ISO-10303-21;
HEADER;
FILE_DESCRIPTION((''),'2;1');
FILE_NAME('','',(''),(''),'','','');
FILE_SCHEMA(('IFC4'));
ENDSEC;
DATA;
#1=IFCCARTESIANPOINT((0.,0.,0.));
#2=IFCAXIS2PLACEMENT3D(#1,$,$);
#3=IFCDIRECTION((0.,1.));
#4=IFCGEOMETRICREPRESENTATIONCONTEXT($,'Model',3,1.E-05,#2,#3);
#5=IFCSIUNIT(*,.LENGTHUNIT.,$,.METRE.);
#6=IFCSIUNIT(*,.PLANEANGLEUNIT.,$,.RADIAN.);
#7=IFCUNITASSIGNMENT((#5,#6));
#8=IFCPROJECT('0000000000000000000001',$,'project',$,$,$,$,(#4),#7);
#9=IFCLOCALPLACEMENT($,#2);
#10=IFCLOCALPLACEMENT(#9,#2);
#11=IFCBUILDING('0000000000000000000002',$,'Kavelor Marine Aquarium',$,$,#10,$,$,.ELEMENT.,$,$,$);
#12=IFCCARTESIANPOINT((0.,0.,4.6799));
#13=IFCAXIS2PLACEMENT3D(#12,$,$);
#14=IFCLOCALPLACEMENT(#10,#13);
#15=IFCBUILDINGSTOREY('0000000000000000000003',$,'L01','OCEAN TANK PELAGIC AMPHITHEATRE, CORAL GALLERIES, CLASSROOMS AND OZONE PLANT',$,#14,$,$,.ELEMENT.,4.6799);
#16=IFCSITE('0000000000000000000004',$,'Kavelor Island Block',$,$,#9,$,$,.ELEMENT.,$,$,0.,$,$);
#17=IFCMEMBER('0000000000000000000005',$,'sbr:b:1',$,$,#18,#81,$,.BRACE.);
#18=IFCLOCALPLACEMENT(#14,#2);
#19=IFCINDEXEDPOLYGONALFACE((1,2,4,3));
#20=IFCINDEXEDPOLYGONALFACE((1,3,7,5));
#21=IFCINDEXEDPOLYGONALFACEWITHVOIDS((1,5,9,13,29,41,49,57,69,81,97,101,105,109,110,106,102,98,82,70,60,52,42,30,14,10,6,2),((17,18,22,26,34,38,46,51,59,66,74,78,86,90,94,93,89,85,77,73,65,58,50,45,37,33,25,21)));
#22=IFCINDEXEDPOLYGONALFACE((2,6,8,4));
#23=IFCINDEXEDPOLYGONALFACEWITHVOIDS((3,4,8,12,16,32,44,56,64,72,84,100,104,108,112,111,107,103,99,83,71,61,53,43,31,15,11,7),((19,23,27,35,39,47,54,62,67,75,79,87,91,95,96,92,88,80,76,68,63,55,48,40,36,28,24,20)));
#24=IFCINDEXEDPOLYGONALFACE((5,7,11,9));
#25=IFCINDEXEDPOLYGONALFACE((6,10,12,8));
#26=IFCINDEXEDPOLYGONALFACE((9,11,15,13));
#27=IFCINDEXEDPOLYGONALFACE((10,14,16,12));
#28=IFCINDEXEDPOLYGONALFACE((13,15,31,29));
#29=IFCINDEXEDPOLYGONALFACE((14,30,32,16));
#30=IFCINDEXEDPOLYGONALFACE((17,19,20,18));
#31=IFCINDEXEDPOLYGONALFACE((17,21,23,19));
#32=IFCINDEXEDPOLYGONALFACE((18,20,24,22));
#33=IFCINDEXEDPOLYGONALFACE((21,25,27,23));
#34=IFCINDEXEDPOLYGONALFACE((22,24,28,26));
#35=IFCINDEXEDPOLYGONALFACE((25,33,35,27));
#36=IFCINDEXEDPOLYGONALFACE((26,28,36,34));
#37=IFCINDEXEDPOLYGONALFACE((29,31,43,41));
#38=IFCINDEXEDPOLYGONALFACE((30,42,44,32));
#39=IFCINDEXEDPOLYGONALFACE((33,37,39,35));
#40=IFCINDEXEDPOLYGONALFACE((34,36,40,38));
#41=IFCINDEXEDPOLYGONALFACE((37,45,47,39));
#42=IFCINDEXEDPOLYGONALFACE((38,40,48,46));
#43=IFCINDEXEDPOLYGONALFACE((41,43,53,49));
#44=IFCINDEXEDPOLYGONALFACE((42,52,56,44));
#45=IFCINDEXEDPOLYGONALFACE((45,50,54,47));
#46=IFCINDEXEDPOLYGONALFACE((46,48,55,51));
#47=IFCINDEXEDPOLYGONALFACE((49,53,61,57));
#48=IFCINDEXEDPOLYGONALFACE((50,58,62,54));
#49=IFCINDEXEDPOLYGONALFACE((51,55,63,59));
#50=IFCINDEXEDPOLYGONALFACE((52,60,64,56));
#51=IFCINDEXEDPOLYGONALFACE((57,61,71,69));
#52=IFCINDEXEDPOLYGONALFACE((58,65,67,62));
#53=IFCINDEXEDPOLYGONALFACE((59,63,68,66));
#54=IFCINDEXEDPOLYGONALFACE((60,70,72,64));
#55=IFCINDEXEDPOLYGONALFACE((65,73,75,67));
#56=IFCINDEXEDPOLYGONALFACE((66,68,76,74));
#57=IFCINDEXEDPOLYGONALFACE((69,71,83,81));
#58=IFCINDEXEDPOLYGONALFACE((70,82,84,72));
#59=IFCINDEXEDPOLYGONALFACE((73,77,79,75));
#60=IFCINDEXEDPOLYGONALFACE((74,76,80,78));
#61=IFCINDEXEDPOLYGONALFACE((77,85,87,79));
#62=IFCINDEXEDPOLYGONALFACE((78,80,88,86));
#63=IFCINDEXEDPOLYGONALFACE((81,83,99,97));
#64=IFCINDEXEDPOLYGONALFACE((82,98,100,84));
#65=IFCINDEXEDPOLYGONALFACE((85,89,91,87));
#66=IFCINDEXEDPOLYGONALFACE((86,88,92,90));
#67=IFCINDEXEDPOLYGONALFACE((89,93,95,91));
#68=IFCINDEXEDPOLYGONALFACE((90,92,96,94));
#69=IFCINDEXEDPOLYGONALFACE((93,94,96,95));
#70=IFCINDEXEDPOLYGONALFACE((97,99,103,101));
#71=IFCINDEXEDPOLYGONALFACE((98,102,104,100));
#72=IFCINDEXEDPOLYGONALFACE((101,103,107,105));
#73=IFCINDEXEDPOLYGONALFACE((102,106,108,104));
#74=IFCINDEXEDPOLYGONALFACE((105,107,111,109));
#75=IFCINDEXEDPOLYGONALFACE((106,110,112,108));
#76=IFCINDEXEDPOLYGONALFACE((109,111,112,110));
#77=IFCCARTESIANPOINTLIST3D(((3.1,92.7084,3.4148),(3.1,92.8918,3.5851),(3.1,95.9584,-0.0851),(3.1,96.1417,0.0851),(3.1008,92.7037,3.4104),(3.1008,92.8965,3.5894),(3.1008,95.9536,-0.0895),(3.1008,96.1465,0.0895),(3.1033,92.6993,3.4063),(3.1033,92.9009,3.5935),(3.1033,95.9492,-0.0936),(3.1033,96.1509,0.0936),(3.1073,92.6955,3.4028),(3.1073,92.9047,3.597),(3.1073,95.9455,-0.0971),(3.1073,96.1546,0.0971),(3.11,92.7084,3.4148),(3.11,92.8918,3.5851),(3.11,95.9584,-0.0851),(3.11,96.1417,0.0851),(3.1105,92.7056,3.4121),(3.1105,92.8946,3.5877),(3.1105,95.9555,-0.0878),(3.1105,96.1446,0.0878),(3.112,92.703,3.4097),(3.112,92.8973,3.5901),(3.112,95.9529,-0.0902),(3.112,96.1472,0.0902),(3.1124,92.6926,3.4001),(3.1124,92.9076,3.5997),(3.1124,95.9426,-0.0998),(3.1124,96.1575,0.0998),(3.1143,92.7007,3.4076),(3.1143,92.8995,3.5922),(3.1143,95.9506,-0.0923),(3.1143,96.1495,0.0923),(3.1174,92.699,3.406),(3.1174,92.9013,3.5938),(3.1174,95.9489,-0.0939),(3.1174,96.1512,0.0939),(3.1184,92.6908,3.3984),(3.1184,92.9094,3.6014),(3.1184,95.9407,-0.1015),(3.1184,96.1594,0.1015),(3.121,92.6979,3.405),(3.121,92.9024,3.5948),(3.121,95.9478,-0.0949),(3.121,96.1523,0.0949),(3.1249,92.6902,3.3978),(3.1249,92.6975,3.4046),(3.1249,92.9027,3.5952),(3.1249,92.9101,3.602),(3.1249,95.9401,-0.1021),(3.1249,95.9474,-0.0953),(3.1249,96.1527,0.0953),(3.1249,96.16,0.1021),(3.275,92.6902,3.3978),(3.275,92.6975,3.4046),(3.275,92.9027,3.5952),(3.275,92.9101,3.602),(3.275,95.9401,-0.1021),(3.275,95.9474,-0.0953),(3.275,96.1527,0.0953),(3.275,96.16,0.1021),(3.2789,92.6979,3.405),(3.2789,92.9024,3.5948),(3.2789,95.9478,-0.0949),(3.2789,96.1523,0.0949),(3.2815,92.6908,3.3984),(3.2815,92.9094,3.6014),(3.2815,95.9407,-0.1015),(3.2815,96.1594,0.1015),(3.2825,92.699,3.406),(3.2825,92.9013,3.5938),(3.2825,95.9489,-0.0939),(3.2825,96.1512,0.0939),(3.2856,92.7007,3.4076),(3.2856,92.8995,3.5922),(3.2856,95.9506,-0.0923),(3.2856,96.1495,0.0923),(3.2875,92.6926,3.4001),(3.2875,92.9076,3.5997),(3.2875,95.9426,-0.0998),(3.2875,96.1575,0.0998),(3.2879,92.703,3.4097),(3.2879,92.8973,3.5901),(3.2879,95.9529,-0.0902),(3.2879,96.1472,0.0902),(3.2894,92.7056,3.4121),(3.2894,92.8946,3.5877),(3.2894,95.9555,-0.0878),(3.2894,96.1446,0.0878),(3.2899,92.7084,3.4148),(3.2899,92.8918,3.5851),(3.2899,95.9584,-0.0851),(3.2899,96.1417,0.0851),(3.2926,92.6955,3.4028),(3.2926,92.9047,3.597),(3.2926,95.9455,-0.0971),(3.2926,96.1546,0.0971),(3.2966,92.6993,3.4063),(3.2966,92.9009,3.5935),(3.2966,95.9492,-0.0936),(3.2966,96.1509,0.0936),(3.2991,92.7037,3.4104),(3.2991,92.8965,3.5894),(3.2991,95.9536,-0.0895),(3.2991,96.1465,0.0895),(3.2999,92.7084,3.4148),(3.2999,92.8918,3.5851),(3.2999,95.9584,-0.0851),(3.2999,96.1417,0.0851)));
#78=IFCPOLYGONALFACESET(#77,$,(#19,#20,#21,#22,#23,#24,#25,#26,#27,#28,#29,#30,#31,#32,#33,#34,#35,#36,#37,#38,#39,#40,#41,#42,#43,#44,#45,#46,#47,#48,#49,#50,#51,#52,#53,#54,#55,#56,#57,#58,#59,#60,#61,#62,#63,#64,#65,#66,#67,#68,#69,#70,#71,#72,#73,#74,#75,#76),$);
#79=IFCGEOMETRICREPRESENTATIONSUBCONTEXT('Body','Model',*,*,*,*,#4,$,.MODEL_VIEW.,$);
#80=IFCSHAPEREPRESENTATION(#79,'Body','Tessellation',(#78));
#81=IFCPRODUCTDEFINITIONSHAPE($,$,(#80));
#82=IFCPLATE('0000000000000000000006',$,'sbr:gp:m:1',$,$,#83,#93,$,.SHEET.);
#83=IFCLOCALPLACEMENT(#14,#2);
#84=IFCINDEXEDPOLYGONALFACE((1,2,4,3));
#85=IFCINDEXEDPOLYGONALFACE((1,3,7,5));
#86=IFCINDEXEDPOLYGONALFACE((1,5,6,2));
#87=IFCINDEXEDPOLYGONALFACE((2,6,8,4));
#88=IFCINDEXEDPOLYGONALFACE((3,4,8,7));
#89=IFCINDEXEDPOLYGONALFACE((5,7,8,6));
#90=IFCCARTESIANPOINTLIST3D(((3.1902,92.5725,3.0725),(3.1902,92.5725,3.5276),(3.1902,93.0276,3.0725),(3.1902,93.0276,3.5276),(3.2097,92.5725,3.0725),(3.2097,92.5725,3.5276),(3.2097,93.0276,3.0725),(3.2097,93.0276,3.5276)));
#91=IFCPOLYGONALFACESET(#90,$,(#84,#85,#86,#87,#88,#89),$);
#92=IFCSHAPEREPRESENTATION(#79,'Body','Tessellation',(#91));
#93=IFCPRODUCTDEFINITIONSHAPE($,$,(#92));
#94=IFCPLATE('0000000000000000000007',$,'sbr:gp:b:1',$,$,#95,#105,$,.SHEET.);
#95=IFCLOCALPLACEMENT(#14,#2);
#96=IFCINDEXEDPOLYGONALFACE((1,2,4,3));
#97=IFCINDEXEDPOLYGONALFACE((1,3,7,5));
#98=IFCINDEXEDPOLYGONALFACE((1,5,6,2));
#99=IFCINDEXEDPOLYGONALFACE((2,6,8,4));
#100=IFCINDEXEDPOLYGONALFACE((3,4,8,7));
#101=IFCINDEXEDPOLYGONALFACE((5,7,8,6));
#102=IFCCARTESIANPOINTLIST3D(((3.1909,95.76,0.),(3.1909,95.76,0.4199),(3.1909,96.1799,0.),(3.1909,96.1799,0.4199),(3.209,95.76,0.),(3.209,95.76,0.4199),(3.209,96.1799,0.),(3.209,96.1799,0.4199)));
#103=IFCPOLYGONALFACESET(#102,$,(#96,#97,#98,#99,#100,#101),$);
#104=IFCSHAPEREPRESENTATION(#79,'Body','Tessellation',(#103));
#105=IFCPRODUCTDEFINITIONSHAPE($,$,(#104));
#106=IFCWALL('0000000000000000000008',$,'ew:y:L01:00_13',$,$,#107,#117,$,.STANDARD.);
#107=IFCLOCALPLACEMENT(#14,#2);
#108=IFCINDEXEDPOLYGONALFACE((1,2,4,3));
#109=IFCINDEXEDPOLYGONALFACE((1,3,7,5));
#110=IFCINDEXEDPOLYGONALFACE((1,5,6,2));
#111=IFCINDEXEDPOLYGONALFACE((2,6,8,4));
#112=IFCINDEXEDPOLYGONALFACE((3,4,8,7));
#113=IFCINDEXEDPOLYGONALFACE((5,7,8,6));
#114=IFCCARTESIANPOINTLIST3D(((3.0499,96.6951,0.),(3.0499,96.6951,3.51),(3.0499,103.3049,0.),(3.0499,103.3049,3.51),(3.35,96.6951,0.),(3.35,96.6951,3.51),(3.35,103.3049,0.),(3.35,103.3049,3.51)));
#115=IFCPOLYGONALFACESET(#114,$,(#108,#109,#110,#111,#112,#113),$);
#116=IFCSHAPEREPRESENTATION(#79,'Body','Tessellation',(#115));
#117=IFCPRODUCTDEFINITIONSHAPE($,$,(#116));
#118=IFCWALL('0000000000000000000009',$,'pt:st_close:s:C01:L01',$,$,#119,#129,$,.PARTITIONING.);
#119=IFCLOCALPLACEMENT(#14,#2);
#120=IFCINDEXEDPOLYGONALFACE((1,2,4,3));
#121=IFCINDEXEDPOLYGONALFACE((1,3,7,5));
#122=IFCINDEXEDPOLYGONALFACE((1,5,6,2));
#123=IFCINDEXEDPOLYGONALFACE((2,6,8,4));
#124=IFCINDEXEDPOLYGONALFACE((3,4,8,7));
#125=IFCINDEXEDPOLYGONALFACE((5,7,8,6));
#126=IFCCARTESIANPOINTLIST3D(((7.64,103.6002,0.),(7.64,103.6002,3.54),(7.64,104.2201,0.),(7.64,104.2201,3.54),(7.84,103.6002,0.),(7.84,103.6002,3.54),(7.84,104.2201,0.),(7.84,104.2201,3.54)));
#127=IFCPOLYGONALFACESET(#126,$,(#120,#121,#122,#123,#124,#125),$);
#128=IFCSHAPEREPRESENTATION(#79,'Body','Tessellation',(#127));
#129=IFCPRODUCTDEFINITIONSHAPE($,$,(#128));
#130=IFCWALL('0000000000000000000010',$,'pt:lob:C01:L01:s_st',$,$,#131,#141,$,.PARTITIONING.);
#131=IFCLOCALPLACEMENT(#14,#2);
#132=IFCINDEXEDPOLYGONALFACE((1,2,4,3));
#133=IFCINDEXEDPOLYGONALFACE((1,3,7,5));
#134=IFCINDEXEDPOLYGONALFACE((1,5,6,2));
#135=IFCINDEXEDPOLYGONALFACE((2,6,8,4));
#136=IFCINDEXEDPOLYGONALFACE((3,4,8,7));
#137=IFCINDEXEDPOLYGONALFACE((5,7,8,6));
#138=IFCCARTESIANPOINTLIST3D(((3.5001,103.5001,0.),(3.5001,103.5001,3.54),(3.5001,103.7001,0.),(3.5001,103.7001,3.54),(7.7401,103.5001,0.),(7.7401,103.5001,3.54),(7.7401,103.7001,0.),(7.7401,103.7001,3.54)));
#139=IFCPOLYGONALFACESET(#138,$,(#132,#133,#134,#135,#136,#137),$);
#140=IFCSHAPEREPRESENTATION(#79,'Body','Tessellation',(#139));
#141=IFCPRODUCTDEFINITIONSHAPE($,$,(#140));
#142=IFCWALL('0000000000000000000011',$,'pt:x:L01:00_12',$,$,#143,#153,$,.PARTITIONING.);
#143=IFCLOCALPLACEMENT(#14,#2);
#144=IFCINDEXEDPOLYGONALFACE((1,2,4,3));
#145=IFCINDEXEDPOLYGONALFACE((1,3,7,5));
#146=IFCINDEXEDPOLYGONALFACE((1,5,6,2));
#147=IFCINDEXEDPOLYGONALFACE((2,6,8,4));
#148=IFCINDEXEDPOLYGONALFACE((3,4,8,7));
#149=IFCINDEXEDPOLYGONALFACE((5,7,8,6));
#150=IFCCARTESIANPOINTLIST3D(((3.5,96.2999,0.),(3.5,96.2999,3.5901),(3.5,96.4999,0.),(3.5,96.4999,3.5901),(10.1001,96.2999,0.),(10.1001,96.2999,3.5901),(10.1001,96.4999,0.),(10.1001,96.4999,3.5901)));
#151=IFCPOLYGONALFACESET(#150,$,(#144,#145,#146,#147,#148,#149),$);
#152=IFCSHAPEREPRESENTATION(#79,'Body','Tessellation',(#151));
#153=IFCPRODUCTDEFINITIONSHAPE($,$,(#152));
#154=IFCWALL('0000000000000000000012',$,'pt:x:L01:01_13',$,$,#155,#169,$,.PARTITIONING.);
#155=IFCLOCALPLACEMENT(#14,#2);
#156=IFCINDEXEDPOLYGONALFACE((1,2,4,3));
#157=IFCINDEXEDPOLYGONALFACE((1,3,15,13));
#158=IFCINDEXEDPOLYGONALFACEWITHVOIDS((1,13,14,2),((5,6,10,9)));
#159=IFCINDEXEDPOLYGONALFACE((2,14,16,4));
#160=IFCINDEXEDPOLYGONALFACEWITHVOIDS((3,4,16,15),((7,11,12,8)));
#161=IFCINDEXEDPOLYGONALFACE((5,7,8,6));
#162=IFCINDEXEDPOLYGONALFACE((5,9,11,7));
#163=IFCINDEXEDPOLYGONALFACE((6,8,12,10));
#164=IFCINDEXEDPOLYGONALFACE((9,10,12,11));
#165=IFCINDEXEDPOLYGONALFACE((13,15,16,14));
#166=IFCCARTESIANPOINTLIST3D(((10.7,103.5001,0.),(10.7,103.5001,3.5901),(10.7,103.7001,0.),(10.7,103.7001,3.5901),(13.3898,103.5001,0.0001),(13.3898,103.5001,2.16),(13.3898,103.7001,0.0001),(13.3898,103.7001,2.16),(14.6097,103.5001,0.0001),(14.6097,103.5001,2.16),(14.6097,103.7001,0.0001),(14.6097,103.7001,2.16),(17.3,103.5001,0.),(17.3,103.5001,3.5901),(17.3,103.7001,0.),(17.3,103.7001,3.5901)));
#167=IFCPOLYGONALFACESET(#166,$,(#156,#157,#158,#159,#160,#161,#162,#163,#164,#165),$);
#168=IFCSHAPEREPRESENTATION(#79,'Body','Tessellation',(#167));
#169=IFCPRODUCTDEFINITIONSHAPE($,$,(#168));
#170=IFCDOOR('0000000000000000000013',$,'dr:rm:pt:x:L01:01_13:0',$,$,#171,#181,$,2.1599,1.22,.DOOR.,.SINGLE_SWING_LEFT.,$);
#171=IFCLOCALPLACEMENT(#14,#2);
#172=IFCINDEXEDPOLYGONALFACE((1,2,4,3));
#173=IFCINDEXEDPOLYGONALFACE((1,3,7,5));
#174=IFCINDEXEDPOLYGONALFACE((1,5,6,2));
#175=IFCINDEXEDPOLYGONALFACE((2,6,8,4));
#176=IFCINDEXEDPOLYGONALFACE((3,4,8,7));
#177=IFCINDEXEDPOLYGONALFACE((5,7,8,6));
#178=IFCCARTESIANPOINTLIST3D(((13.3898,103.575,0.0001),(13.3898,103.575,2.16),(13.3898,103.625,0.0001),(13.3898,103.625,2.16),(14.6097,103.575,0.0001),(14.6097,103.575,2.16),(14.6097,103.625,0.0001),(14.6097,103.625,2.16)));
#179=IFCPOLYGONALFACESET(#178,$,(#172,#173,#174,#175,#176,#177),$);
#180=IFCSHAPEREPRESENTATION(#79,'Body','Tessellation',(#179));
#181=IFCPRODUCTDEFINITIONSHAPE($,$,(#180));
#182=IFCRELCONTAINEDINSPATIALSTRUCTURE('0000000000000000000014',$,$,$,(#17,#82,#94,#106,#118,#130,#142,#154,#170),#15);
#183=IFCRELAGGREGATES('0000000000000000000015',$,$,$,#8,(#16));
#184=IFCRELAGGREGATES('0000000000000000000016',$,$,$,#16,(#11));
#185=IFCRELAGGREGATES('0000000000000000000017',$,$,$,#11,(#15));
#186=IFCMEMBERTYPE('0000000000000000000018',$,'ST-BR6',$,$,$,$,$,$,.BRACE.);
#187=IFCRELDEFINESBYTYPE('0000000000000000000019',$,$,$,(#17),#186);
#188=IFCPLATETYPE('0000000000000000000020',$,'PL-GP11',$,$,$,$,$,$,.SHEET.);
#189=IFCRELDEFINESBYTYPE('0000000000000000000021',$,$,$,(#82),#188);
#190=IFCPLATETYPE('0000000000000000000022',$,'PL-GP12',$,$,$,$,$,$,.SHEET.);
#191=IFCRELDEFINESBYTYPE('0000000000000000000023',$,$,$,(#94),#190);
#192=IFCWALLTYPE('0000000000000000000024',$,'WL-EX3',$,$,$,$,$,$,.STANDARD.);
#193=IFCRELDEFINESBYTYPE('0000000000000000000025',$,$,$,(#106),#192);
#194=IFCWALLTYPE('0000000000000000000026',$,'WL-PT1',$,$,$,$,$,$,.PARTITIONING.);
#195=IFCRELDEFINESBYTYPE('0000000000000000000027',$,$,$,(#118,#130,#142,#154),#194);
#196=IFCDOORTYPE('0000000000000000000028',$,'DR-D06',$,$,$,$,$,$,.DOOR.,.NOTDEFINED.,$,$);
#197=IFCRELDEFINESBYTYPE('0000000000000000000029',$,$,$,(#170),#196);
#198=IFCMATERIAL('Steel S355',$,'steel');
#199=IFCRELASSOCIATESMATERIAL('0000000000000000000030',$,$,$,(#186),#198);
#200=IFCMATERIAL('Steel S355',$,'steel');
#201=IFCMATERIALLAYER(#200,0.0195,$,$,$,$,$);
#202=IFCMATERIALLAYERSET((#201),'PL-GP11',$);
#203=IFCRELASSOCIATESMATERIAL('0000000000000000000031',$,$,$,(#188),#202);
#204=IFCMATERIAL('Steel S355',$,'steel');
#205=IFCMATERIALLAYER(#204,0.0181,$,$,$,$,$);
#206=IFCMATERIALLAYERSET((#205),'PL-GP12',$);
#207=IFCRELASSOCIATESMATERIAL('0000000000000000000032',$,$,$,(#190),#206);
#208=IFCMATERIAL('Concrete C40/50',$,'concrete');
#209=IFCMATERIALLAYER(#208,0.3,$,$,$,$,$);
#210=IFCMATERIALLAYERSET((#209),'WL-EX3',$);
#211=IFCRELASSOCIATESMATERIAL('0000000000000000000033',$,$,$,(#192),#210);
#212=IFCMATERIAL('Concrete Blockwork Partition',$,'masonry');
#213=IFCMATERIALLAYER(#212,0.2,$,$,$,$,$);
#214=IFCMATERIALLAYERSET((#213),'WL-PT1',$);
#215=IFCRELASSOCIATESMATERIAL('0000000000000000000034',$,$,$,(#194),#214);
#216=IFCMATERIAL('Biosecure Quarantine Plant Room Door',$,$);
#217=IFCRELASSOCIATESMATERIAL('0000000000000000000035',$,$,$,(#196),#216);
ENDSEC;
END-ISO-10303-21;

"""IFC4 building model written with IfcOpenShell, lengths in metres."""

from ifc_helpers import new_model, si_unit, direction, frame, frame_2d, origin, origin_2d, place, context, subcontext, project, spatial, rectangle, hollow_rectangle, extrude, material, layer, layer_set, material_profile, profile_set, type_object, element, fill, save


model = new_model("IFC4")

# Units and contexts
model_context = context("Model", 3, precision=1e-05, world=origin(), true_north=direction((0.0, 1.0)))
body_context = subcontext(model_context, "Body", "Model", "MODEL_VIEW")
ifc_project = project(units=[si_unit("LENGTHUNIT", "METRE"), si_unit("PLANEANGLEUNIT", "RADIAN")], contexts=[model_context])

# Site, building, storey
site_placement = place(None, origin())
site = spatial("IfcSite", under=ifc_project, at=site_placement, Name="Kavelor Island Block", CompositionType="ELEMENT", RefElevation=0.0)
building_placement = place(site_placement, origin())
building = spatial("IfcBuilding", under=site, at=building_placement, Name="Kavelor Marine Aquarium", CompositionType="ELEMENT")
storey_placement = place(building_placement, frame((0.0, 0.0, 4.6799)))
storey = spatial("IfcBuildingStorey", under=building, at=storey_placement, Name="L01", Description="OCEAN TANK PELAGIC AMPHITHEATRE, CORAL GALLERIES, CLASSROOMS AND OZONE PLANT", CompositionType="ELEMENT", Elevation=4.6799)

# Member
ifc_material_1 = material(Name="Steel S355", Category="steel")
ifc_material_profile_1 = material_profile(ifc_material_1, hollow_rectangle(XDim=0.2, YDim=0.3, WallThickness=0.01, InnerFilletRadius=0.0149, OuterFilletRadius=0.0249, at=origin_2d()), Name="RHS 300x200x10.0")
ifc_profile_set_1 = profile_set([ifc_material_profile_1], Name="Steel S355")
member_type = type_object("IfcMemberType", Name="ST-BR6", PredefinedType="BRACE", material=ifc_profile_set_1)
member_placement = place(storey_placement, frame((3.2, 96.05, 0.0), z_axis=(0.0, -0.680451, 0.732793), x_axis=(1.0, 0.0, 0.0)))
element("IfcMember", 1, at=member_placement, inside=storey, type_object=member_type, Name="sbr:b:1", PredefinedType="BRACE", context=body_context, shape_type="SweptSolid", body=[
    extrude(hollow_rectangle(XDim=0.2, YDim=0.3, WallThickness=0.01, InnerFilletRadius=0.0149, OuterFilletRadius=0.0249, at=origin_2d()), origin(), (0.0, 0.0, 1.0), 4.7761),
])

# Plates
ifc_material_2 = material(Name="Steel S355", Category="steel")
ifc_layer_1 = layer(ifc_material_2, 0.0195)
ifc_layer_set_1 = layer_set([ifc_layer_1], Name="PL-GP11")
plate_type_1 = type_object("IfcPlateType", Name="PL-GP11", PredefinedType="SHEET", material=ifc_layer_set_1)
plate_1_placement = place(storey_placement, frame((3.2, 92.8, 3.0725), z_axis=(0.0, 0.0, 1.0), x_axis=(1.0, 0.0, 0.0)))
element("IfcPlate", 2, at=plate_1_placement, inside=storey, type_object=plate_type_1, Name="sbr:gp:m:1", PredefinedType="SHEET", context=body_context, shape_type="SweptSolid", body=[
    extrude(rectangle(XDim=0.0195, YDim=0.4551, at=origin_2d()), origin(), (0.0, 0.0, 1.0), 0.4551),
])
ifc_material_3 = material(Name="Steel S355", Category="steel")
ifc_layer_2 = layer(ifc_material_3, 0.0181)
ifc_layer_set_2 = layer_set([ifc_layer_2], Name="PL-GP12")
plate_type_2 = type_object("IfcPlateType", Name="PL-GP12", PredefinedType="SHEET", material=ifc_layer_set_2)
plate_2_placement = place(storey_placement, frame((3.2, 95.97, 0.0), z_axis=(0.0, 0.0, 1.0), x_axis=(1.0, 0.0, 0.0)))
element("IfcPlate", 3, at=plate_2_placement, inside=storey, type_object=plate_type_2, Name="sbr:gp:b:1", PredefinedType="SHEET", context=body_context, shape_type="SweptSolid", body=[
    extrude(rectangle(XDim=0.0181, YDim=0.4199, at=origin_2d()), origin(), (0.0, 0.0, 1.0), 0.4199),
])

# Walls
ifc_material_4 = material(Name="Concrete C40/50", Category="concrete")
ifc_layer_3 = layer(ifc_material_4, 0.3)
ifc_layer_set_3 = layer_set([ifc_layer_3], Name="WL-EX3")
wall_type_1 = type_object("IfcWallType", Name="WL-EX3", PredefinedType="STANDARD", material=ifc_layer_set_3)
wall_1_placement = place(storey_placement, frame((3.2, 96.6951, 0.0), z_axis=(0.0, 0.0, 1.0), x_axis=(0.0, 1.0, 0.0)))
element("IfcWall", 4, at=wall_1_placement, inside=storey, type_object=wall_type_1, Name="ew:y:L01:00_13", PredefinedType="STANDARD", context=body_context, shape_type="SweptSolid", body=[
    extrude(rectangle(XDim=6.6099, YDim=0.3, at=frame_2d((3.3049, 0.0))), origin(), (0.0, 0.0, 1.0), 3.51),
])
ifc_material_5 = material(Name="Concrete Blockwork Partition", Category="masonry")
ifc_layer_4 = layer(ifc_material_5, 0.2)
ifc_layer_set_4 = layer_set([ifc_layer_4], Name="WL-PT1")
wall_type_2 = type_object("IfcWallType", Name="WL-PT1", PredefinedType="PARTITIONING", material=ifc_layer_set_4)
wall_2_placement = place(storey_placement, frame((7.74, 103.6001, 0.0), z_axis=(0.0, 0.0, 1.0), x_axis=(0.0, 1.0, 0.0)))
element("IfcWall", 5, at=wall_2_placement, inside=storey, type_object=wall_type_2, Name="pt:st_close:s:C01:L01", PredefinedType="PARTITIONING", context=body_context, shape_type="SweptSolid", body=[
    extrude(rectangle(XDim=0.6199, YDim=0.2, at=frame_2d((0.3101, 0.0))), origin(), (0.0, 0.0, 1.0), 3.54),
])
wall_3_placement = place(storey_placement, frame((3.5, 103.6001, 0.0), z_axis=(0.0, 0.0, 1.0), x_axis=(1.0, 0.0, 0.0)))
element("IfcWall", 6, at=wall_3_placement, inside=storey, type_object=wall_type_2, Name="pt:lob:C01:L01:s_st", PredefinedType="PARTITIONING", context=body_context, shape_type="SweptSolid", body=[
    extrude(rectangle(XDim=4.24, YDim=0.2, at=frame_2d((2.1201, 0.0))), origin(), (0.0, 0.0, 1.0), 3.54),
])

# Wall
wall_4_placement = place(storey_placement, frame((3.5, 96.3999, 0.0), z_axis=(0.0, 0.0, 1.0), x_axis=(1.0, 0.0, 0.0)))
element("IfcWall", 7, at=wall_4_placement, inside=storey, type_object=wall_type_2, Name="pt:x:L01:00_12", PredefinedType="PARTITIONING", context=body_context, shape_type="SweptSolid", body=[
    extrude(rectangle(XDim=6.6001, YDim=0.2, at=frame_2d((3.3, 0.0))), origin(), (0.0, 0.0, 1.0), 3.5901),
])

# Wall, opening, door
wall_5_placement = place(storey_placement, frame((10.7, 103.6001, 0.0), z_axis=(0.0, 0.0, 1.0), x_axis=(1.0, 0.0, 0.0)))
wall_5 = element("IfcWall", 8, at=wall_5_placement, inside=storey, type_object=wall_type_2, Name="pt:x:L01:01_13", PredefinedType="PARTITIONING", context=body_context, shape_type="SweptSolid", body=[
    extrude(rectangle(XDim=6.6001, YDim=0.2, at=frame_2d((3.3, 0.0))), origin(), (0.0, 0.0, 1.0), 3.5901),
])
opening_1_placement = place(wall_5_placement, frame((2.6899, 0.0, 0.0)))
opening_1 = element("IfcOpeningElement", 9, at=opening_1_placement, cuts=wall_5, PredefinedType="OPENING", context=body_context, shape_type="SweptSolid", body=[
    extrude(rectangle(XDim=1.22, YDim=2.1599, at=frame_2d((0.6099, 1.0801))), frame((0.0, 0.1099, 0.0), z_axis=(0.0, -1.0, 0.0), x_axis=(1.0, 0.0, 0.0)), (0.0, 0.0, 1.0), 0.22),
])
ifc_material_6 = material(Name="Biosecure Quarantine Plant Room Door")
door_type_1 = type_object("IfcDoorType", Name="DR-D06", OperationType="NOTDEFINED", PredefinedType="DOOR", material=ifc_material_6)
door_1_placement = place(opening_1_placement, origin())
door_1 = element("IfcDoor", 10, at=door_1_placement, inside=storey, type_object=door_type_1, Name="dr:rm:pt:x:L01:01_13:0", OperationType="SINGLE_SWING_LEFT", OverallHeight=2.1599, OverallWidth=1.22, PredefinedType="DOOR", context=body_context, shape_type="SweptSolid", body=[
    extrude(rectangle(XDim=1.22, YDim=2.1599, at=frame_2d((0.6099, 1.0801))), frame((0.0, 0.0249, 0.0), z_axis=(0.0, -1.0, 0.0), x_axis=(1.0, 0.0, 0.0)), (0.0, 0.0, 1.0), 0.05),
])
fill(opening_1, door_1)

save(model, "model.ifc")
